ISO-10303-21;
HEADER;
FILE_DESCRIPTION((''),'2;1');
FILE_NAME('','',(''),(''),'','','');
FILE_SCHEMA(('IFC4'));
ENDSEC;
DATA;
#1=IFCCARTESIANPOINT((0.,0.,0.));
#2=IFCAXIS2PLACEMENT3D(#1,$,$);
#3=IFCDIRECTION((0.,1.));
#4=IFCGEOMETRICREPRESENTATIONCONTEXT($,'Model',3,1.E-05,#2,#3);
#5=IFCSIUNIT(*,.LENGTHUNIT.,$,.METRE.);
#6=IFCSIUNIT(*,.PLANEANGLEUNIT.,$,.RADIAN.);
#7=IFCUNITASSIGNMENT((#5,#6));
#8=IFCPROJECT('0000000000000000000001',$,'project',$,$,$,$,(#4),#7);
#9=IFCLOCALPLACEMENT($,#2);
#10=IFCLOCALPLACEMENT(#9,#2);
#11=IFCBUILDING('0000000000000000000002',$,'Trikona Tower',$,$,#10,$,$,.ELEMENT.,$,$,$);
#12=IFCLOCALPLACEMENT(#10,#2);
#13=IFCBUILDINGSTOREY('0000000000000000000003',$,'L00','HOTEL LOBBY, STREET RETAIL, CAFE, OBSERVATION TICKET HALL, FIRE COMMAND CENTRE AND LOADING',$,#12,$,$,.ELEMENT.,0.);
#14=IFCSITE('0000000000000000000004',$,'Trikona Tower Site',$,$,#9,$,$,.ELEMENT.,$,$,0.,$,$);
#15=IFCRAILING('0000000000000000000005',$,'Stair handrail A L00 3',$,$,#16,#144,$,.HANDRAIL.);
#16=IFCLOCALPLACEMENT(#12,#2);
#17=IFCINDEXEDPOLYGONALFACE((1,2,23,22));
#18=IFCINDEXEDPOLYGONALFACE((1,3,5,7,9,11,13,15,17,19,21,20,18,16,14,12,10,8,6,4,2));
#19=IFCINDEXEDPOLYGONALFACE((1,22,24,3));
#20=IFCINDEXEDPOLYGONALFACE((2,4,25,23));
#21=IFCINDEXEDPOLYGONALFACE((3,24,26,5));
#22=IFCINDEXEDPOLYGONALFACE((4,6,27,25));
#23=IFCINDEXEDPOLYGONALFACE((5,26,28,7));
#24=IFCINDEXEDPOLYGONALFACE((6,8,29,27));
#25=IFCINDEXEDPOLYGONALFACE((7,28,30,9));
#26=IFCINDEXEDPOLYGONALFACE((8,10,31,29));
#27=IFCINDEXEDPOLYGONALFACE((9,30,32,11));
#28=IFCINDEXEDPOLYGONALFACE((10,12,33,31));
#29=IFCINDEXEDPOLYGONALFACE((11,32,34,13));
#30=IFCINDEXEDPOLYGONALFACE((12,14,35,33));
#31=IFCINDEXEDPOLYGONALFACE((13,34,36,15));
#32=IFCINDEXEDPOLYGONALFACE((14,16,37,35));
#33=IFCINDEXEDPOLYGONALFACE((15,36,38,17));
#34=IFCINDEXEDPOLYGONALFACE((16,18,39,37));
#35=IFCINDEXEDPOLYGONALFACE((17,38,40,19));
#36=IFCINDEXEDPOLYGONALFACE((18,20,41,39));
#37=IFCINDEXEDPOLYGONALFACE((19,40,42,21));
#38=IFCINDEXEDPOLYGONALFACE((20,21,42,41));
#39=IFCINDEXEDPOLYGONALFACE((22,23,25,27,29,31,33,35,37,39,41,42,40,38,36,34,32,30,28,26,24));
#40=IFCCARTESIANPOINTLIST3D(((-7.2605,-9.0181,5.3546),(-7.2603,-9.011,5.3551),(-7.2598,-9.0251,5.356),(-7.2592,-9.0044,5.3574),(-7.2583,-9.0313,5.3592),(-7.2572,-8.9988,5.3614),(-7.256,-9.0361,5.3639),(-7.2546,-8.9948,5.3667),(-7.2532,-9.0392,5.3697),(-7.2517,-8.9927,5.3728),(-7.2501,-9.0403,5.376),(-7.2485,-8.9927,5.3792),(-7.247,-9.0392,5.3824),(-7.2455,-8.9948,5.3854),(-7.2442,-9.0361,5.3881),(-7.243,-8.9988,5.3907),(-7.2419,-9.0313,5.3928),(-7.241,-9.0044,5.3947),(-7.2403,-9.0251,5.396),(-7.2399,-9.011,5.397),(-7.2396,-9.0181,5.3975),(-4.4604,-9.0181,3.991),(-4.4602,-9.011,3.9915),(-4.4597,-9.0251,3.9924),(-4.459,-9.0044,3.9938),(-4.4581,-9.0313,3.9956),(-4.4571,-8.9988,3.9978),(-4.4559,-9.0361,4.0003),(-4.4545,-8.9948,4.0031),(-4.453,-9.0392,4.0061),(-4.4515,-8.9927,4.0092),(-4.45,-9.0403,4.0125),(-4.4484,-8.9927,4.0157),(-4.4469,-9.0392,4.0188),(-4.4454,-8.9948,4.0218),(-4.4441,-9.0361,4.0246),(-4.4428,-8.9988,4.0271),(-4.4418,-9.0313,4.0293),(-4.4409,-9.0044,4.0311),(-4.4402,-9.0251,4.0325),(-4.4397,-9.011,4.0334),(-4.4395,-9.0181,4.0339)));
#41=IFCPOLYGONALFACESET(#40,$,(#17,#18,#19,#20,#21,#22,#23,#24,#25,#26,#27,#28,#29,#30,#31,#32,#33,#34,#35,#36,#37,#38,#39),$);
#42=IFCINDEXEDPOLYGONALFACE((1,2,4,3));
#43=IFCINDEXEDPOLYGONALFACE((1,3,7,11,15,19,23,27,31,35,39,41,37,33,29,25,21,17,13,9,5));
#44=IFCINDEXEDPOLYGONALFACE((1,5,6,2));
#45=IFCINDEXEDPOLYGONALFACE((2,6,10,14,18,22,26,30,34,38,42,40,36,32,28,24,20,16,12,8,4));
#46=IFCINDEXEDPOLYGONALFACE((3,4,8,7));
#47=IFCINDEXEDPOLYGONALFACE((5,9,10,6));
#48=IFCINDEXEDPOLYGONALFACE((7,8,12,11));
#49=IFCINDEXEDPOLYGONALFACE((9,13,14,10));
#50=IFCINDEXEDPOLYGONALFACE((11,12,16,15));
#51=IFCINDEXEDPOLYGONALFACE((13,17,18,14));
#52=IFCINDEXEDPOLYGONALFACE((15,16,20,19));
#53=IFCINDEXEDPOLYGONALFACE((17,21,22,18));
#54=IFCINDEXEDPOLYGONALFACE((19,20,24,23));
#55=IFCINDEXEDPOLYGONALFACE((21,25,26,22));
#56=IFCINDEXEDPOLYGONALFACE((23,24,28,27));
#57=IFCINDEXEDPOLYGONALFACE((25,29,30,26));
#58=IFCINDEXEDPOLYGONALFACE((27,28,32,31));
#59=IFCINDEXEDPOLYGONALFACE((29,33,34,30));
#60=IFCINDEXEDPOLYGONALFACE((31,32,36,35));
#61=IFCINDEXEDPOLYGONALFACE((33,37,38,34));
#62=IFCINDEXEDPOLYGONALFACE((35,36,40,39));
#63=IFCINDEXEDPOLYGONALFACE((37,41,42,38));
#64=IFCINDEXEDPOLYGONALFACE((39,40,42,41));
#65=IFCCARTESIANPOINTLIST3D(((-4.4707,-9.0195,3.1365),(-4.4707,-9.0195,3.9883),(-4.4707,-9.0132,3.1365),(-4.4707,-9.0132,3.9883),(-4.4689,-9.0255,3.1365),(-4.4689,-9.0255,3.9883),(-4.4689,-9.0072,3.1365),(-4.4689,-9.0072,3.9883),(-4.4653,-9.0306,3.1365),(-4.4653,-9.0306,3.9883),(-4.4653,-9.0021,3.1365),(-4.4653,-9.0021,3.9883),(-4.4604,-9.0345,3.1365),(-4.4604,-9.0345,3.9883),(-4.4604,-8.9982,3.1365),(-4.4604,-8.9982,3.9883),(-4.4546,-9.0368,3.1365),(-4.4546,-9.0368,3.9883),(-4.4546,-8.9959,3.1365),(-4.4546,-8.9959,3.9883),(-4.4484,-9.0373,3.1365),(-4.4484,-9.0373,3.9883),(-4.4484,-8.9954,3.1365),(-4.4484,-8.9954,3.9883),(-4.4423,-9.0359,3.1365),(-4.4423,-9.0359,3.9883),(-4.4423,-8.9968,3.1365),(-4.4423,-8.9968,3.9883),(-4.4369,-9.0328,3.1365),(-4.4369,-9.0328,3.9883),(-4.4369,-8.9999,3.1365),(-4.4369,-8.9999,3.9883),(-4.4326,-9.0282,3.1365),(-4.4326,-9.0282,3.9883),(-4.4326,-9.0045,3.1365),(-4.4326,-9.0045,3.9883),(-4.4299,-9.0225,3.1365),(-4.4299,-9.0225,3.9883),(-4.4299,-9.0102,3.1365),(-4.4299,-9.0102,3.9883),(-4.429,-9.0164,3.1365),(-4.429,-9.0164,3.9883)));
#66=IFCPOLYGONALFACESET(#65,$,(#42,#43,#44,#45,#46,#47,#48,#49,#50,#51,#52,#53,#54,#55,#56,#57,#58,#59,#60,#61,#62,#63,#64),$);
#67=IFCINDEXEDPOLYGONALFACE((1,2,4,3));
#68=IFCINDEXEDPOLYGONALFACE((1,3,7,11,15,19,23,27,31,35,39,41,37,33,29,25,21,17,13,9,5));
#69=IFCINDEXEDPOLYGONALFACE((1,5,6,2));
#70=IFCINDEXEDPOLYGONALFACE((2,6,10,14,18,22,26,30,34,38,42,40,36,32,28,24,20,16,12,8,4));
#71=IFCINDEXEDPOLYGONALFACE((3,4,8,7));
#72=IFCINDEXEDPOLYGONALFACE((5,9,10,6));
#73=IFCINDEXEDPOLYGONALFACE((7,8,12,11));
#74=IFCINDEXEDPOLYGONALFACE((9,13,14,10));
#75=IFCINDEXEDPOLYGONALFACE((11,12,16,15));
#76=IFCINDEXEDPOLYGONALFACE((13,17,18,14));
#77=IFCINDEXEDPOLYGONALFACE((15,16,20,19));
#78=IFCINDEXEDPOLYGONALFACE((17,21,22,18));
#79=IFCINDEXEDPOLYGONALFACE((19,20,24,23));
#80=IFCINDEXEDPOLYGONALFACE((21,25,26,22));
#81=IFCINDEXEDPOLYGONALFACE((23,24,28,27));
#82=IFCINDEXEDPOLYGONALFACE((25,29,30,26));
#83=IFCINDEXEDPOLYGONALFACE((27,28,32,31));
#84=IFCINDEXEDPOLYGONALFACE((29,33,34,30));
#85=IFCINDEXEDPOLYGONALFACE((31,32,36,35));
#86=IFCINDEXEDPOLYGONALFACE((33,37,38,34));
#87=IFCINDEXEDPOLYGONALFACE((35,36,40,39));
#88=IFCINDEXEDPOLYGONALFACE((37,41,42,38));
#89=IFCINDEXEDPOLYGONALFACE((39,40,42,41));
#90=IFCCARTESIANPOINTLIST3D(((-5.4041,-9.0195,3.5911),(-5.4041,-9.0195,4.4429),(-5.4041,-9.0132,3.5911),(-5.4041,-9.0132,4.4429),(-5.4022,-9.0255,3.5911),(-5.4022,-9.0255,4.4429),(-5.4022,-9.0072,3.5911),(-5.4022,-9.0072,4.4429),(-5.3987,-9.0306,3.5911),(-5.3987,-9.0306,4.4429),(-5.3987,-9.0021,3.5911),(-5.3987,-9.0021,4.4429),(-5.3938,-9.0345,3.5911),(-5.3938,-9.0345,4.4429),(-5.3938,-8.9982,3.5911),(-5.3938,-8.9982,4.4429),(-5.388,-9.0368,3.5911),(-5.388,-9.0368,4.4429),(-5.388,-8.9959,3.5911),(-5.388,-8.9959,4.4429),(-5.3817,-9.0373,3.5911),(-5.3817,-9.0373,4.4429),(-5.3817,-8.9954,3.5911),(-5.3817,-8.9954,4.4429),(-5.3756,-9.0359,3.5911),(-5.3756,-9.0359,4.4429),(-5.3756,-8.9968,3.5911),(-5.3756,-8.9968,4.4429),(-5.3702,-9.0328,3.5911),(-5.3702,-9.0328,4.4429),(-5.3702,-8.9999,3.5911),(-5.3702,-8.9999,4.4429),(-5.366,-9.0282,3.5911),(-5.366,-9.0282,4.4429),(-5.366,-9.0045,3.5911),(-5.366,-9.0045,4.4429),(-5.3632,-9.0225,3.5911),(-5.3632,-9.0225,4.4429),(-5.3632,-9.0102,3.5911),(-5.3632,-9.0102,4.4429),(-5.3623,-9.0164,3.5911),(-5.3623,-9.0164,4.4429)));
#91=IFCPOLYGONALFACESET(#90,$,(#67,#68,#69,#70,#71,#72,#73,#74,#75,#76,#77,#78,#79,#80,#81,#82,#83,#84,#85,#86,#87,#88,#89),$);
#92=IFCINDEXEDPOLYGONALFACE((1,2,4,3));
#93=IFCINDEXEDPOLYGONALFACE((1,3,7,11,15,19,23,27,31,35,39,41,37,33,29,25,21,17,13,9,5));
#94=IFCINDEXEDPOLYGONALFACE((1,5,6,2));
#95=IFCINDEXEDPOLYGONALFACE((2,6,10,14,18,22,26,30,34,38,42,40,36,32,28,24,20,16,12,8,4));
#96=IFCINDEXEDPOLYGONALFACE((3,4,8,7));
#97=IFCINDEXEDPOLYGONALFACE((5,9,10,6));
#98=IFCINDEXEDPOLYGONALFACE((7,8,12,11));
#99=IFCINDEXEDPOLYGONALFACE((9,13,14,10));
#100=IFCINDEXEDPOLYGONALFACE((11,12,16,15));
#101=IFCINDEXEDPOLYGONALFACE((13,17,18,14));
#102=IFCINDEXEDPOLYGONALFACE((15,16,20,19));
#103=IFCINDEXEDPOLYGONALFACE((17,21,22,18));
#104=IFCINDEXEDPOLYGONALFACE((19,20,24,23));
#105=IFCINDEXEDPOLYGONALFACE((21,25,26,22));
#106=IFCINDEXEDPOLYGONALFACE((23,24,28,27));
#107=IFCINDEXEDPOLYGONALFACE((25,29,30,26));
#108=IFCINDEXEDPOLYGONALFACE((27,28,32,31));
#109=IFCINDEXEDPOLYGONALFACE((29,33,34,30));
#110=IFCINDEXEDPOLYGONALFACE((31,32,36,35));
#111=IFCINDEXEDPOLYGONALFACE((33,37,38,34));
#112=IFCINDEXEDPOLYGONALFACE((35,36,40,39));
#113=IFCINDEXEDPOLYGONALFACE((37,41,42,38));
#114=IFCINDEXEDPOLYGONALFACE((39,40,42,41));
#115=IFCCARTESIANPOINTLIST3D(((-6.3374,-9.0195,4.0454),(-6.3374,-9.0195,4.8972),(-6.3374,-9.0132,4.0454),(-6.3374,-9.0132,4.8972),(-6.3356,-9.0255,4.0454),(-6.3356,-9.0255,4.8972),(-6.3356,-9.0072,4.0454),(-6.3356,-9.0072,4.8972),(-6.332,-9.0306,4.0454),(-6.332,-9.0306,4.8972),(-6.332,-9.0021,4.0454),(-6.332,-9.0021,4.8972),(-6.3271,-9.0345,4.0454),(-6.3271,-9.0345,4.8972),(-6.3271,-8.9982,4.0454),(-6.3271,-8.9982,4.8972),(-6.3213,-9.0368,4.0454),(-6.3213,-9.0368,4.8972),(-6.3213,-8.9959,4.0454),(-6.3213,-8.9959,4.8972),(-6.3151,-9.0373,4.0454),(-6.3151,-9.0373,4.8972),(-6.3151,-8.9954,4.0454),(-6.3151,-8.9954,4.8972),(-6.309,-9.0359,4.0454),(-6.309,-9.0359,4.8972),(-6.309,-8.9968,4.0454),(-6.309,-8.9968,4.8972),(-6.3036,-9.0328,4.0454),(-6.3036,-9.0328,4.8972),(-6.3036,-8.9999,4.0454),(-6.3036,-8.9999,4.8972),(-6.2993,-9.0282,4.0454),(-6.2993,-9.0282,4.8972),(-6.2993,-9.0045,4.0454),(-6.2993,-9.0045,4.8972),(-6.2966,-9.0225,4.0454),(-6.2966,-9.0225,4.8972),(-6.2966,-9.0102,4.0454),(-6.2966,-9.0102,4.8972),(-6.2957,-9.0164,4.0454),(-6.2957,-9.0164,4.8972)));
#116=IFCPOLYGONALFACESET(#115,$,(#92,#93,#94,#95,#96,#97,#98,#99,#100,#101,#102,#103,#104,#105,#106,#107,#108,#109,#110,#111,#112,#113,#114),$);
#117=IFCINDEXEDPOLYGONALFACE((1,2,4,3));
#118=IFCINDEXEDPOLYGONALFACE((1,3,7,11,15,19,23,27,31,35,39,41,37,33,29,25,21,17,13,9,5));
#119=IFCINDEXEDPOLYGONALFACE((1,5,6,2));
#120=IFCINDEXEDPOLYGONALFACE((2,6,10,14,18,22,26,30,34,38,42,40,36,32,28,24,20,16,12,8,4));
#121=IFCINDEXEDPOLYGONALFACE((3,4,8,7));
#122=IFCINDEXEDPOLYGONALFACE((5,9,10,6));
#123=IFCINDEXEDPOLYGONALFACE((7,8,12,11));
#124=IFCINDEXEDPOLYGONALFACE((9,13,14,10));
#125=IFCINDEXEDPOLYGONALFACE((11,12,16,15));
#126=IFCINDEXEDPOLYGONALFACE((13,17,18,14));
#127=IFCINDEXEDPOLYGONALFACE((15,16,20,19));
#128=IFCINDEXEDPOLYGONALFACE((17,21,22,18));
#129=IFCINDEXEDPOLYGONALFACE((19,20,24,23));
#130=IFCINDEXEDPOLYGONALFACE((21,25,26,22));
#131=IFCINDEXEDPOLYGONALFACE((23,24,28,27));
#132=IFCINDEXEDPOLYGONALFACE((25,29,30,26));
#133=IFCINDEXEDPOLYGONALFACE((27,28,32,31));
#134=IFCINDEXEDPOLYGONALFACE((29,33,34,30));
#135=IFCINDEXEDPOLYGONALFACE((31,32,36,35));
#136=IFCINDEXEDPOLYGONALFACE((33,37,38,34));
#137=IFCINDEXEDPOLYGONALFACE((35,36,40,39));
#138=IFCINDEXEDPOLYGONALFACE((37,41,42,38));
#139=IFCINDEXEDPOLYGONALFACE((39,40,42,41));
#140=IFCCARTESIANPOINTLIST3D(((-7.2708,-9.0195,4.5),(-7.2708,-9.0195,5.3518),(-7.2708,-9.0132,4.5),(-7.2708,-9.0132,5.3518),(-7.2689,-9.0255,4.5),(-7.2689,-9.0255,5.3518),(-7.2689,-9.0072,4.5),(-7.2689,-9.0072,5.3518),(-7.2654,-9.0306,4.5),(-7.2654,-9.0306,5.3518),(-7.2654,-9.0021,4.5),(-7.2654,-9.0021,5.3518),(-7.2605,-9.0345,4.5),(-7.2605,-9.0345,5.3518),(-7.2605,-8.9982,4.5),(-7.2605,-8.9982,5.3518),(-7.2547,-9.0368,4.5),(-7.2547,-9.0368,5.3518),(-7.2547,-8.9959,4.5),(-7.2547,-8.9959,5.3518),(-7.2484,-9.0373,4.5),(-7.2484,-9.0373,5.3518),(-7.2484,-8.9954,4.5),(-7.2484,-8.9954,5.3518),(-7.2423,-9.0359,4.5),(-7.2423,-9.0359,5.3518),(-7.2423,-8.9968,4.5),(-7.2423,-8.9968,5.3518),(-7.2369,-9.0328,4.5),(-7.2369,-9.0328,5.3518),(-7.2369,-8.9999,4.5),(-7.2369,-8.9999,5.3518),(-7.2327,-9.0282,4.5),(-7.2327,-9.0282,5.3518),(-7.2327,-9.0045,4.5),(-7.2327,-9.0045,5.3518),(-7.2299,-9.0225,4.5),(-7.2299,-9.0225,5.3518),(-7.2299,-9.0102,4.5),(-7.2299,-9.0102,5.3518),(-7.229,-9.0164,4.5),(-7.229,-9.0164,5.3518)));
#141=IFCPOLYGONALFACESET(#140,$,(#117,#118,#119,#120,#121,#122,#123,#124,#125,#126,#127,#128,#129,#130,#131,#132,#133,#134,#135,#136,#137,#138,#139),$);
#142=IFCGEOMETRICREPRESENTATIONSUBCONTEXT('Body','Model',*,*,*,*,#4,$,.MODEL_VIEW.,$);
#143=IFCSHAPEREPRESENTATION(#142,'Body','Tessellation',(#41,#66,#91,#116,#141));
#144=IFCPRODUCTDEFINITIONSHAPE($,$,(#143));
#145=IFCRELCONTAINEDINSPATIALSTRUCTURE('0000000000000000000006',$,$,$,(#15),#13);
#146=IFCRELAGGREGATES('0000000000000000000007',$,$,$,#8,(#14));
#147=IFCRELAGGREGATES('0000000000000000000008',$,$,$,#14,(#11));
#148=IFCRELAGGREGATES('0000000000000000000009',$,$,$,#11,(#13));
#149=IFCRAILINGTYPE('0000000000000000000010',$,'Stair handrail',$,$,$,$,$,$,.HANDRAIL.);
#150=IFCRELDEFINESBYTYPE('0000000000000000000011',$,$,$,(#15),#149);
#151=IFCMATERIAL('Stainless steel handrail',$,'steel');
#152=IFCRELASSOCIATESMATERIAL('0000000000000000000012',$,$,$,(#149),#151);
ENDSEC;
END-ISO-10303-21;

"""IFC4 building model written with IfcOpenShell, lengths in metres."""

from ifc_helpers import new_model, si_unit, direction, frame, origin, origin_2d, place, context, subcontext, project, spatial, circle, extrude, material, type_object, element, save


model = new_model("IFC4")

# Units and contexts
model_context = context("Model", 3, precision=1e-05, world=origin(), true_north=direction((0.0, 1.0)))
body_context = subcontext(model_context, "Body", "Model", "MODEL_VIEW")
ifc_project = project(units=[si_unit("LENGTHUNIT", "METRE"), si_unit("PLANEANGLEUNIT", "RADIAN")], contexts=[model_context])

# Site, building, storey
site_placement = place(None, origin())
site = spatial("IfcSite", under=ifc_project, at=site_placement, Name="Trikona Tower Site", CompositionType="ELEMENT", RefElevation=0.0)
building_placement = place(site_placement, origin())
building = spatial("IfcBuilding", under=site, at=building_placement, Name="Trikona Tower", CompositionType="ELEMENT")
storey_placement = place(building_placement, origin())
storey = spatial("IfcBuildingStorey", under=building, at=storey_placement, Name="L00", Description="HOTEL LOBBY, STREET RETAIL, CAFE, OBSERVATION TICKET HALL, FIRE COMMAND CENTRE AND LOADING", CompositionType="ELEMENT", Elevation=0.0)

# Railing
ifc_material_1 = material(Name="Stainless steel handrail", Category="steel")
railing_type = type_object("IfcRailingType", Name="Stair handrail", PredefinedType="HANDRAIL", material=ifc_material_1)
for number, where, name in (
    (1, (-4.45, -9.0164, 3.1365), "Stair handrail A L00 3"),
):
    element("IfcRailing", number, at=place(storey_placement, frame(where)), inside=storey, type_object=railing_type, Name=name, PredefinedType="HANDRAIL", context=body_context, shape_type="SweptSolid", body=[
        extrude(circle(Radius=0.0239, at=origin_2d()), frame((0.0, 0.0, 0.876), z_axis=(-0.899066, 0.0, 0.437813), x_axis=(0.0, -1.0, 0.0)), (0.0, 0.0, 1.0), 3.1145),
        extrude(circle(Radius=0.021, at=origin_2d()), origin(), (0.0, 0.0, 1.0), 0.8518),
        extrude(circle(Radius=0.021, at=origin_2d()), frame((-0.9333, 0.0, 0.4546)), (0.0, 0.0, 1.0), 0.8518),
        extrude(circle(Radius=0.021, at=origin_2d()), frame((-1.8667, 0.0, 0.9089)), (0.0, 0.0, 1.0), 0.8518),
        extrude(circle(Radius=0.021, at=origin_2d()), frame((-2.8, 0.0, 1.3635)), (0.0, 0.0, 1.0), 0.8518),
    ])

save(model, "model.ifc")
